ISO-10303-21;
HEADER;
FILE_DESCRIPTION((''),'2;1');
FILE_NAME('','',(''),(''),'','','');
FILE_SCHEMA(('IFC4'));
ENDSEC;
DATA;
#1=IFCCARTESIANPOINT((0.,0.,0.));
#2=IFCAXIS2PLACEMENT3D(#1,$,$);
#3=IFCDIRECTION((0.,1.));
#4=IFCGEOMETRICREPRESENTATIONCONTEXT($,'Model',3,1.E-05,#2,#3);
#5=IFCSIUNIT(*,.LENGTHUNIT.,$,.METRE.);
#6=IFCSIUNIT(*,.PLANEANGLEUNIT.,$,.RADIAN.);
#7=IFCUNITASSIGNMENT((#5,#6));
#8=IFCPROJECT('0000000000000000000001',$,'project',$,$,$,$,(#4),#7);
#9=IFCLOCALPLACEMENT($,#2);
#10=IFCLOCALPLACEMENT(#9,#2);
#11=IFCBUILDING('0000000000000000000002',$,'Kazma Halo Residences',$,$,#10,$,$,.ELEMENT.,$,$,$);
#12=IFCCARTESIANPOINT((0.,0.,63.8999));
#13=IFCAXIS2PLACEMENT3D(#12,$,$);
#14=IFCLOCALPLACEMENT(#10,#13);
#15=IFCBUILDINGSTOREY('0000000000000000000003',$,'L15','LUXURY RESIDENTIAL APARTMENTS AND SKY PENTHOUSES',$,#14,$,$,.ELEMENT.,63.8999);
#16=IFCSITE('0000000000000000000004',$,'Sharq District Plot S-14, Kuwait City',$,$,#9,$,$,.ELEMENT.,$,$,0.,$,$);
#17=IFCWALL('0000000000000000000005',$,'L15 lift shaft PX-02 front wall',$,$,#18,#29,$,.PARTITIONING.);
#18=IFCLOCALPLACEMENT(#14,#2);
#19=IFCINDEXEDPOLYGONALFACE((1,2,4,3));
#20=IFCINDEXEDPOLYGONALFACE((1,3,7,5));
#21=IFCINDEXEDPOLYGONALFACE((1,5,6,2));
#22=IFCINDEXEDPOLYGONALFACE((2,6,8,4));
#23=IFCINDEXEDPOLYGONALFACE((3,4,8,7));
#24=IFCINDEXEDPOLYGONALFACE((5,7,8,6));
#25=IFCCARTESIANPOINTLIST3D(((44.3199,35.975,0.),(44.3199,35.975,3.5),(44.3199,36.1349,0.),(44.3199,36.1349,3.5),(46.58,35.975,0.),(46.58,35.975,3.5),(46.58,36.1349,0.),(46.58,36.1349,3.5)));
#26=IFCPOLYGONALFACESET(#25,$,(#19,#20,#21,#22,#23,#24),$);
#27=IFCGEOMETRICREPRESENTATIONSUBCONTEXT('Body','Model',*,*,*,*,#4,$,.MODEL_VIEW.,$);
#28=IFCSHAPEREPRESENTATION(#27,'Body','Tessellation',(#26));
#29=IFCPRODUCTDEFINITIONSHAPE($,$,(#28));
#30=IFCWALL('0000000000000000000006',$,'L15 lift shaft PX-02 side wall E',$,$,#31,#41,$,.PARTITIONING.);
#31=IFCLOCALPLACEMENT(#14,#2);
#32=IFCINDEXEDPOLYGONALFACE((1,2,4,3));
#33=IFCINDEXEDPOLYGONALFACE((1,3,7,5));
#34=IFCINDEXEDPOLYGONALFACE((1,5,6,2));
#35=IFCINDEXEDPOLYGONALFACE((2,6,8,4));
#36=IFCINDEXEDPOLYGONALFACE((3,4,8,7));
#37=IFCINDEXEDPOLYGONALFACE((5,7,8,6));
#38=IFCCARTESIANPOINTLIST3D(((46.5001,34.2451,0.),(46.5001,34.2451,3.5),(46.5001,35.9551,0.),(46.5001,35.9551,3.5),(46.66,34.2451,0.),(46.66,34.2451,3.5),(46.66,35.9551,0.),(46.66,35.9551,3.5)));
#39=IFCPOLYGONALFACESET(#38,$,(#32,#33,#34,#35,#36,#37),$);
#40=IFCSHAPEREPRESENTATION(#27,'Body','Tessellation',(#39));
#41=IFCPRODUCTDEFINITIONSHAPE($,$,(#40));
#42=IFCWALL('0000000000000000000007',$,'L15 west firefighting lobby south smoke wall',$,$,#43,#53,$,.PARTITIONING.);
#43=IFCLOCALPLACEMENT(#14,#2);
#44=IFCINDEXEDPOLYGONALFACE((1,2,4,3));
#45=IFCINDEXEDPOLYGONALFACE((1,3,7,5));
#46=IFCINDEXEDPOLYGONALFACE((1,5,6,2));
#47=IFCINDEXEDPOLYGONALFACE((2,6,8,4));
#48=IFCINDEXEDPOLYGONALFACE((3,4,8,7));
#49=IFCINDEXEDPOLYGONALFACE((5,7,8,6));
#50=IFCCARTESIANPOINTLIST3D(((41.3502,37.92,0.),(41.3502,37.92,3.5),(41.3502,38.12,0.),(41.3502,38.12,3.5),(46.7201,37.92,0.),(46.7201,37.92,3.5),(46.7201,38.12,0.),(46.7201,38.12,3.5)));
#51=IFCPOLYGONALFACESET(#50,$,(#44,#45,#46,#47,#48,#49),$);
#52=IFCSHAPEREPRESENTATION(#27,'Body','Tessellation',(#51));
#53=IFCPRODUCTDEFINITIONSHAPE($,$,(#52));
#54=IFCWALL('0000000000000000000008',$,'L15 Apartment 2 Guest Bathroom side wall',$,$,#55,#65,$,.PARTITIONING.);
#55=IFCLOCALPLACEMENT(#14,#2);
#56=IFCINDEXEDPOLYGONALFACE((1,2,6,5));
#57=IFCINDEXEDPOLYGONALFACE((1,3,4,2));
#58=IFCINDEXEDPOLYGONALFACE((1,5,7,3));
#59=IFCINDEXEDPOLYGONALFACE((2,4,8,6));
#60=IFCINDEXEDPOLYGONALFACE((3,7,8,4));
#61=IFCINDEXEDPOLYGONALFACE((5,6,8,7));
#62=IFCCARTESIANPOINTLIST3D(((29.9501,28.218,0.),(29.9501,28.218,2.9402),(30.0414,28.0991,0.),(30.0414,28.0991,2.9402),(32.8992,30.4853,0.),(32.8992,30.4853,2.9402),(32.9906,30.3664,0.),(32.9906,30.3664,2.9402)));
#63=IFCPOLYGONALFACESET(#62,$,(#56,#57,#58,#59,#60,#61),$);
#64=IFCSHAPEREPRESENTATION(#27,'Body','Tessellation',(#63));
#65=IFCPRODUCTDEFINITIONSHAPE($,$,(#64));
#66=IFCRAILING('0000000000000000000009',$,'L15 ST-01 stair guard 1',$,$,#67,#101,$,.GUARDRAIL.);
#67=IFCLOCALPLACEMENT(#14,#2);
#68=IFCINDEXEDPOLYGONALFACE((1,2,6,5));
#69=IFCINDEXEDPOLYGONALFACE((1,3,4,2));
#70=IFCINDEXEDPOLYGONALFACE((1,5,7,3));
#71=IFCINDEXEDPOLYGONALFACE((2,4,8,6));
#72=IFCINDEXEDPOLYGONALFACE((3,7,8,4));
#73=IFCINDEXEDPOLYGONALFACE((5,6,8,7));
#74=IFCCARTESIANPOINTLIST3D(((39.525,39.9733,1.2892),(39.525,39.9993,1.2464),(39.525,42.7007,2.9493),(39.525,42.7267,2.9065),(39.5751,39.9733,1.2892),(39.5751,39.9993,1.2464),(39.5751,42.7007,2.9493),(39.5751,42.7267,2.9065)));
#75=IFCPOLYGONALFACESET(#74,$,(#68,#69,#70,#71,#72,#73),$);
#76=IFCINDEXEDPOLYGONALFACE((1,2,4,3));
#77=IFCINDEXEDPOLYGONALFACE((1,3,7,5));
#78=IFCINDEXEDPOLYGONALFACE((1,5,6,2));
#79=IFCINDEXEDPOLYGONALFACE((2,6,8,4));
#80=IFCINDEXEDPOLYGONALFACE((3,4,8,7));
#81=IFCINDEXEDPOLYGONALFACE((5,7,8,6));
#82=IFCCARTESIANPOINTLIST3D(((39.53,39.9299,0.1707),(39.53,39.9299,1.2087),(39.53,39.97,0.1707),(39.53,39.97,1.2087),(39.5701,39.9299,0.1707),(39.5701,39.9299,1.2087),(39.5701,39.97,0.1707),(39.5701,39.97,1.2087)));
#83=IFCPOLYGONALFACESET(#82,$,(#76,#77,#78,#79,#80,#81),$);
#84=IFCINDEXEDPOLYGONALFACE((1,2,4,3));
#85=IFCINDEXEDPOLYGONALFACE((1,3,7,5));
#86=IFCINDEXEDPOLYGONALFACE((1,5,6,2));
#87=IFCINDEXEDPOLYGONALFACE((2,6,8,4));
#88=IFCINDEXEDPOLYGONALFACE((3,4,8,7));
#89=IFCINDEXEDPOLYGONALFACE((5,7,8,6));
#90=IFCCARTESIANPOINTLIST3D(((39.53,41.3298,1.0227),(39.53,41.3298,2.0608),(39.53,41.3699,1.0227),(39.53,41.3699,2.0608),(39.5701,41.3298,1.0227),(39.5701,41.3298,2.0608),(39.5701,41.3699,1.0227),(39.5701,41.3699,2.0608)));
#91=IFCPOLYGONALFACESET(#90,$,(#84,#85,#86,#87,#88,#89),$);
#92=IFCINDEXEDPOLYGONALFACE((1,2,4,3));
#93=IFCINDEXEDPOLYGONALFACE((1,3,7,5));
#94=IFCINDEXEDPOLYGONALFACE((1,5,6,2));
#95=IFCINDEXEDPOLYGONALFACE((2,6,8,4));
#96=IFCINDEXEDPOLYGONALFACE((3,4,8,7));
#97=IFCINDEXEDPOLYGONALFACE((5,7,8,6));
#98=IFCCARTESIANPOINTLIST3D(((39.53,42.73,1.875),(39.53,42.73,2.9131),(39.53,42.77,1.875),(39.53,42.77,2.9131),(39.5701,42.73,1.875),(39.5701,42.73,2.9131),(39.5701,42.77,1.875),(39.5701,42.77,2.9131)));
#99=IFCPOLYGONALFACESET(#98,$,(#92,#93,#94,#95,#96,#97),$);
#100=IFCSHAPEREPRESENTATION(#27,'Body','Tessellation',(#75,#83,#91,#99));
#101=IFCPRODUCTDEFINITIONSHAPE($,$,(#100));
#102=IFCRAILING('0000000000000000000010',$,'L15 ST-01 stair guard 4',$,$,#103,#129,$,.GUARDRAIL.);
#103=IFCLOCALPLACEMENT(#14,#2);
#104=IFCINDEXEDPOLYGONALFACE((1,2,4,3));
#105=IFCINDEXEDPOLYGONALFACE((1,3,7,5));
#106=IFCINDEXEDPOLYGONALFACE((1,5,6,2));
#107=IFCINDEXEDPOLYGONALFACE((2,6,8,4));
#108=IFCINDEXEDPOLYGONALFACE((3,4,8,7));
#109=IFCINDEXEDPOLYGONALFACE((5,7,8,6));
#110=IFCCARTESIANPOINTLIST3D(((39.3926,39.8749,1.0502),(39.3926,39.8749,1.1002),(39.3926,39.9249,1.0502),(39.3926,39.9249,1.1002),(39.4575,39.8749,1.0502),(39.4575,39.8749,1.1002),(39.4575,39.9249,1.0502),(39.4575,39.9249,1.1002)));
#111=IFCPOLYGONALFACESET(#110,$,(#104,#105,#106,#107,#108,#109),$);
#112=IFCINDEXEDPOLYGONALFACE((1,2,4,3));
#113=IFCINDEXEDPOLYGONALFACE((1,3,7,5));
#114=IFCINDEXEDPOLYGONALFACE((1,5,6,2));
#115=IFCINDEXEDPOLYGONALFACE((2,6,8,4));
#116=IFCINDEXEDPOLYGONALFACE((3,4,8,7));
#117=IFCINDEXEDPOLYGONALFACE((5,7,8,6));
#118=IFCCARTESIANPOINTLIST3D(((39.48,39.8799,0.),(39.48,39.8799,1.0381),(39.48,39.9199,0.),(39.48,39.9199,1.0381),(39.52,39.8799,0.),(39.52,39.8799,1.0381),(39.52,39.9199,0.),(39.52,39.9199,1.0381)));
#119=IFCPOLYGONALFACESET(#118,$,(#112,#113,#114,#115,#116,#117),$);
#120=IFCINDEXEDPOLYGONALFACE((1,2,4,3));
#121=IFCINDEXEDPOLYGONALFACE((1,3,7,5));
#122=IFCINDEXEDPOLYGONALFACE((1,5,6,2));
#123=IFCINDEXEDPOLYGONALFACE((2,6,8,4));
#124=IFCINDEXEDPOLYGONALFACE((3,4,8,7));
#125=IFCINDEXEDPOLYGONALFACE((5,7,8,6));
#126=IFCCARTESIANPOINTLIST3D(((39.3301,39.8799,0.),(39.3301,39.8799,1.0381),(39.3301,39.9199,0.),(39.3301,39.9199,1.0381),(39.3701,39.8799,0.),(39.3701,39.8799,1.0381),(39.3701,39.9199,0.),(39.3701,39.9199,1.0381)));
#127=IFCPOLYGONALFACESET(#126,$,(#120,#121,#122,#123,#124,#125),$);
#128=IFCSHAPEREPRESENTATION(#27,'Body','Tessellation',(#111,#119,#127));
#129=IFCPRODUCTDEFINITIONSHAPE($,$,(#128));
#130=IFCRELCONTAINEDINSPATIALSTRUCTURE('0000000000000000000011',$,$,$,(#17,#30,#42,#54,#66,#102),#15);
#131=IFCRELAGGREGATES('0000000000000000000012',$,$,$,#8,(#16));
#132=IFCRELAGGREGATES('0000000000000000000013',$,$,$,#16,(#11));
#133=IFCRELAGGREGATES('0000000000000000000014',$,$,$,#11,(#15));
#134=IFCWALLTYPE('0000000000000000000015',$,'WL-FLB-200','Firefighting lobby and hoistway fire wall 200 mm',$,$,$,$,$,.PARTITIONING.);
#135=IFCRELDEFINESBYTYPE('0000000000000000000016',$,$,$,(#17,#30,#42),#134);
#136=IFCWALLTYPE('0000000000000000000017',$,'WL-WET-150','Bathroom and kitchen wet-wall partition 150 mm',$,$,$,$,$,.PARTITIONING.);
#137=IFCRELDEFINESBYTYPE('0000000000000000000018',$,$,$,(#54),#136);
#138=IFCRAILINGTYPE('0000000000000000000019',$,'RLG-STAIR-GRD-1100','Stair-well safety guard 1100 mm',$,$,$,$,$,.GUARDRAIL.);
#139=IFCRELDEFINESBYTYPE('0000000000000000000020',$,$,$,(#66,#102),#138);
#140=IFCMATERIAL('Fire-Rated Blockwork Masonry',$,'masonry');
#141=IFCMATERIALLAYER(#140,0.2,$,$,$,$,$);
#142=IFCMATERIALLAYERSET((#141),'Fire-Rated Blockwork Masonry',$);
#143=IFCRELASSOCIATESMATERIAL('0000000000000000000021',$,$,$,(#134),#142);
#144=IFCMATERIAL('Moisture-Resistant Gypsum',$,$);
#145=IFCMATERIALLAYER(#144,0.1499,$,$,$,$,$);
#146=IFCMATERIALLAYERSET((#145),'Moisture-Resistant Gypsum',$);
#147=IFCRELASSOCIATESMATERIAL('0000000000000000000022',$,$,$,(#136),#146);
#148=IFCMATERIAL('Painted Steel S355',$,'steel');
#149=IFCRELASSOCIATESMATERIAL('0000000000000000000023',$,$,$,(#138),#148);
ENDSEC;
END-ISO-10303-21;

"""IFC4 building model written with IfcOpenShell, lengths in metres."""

from ifc_helpers import new_model, si_unit, direction, frame, frame_2d, origin, origin_2d, place, context, subcontext, project, spatial, rectangle, extrude, material, layer, layer_set, type_object, element, save


model = new_model("IFC4")

# Units and contexts
model_context = context("Model", 3, precision=1e-05, world=origin(), true_north=direction((0.0, 1.0)))
body_context = subcontext(model_context, "Body", "Model", "MODEL_VIEW")
ifc_project = project(units=[si_unit("LENGTHUNIT", "METRE"), si_unit("PLANEANGLEUNIT", "RADIAN")], contexts=[model_context])

# Site, building, storey
site_placement = place(None, origin())
site = spatial("IfcSite", under=ifc_project, at=site_placement, Name="Sharq District Plot S-14, Kuwait City", CompositionType="ELEMENT", RefElevation=0.0)
building_placement = place(site_placement, origin())
building = spatial("IfcBuilding", under=site, at=building_placement, Name="Kazma Halo Residences", CompositionType="ELEMENT")
storey_placement = place(building_placement, frame((0.0, 0.0, 63.8999)))
storey = spatial("IfcBuildingStorey", under=building, at=storey_placement, Name="L15", Description="LUXURY RESIDENTIAL APARTMENTS AND SKY PENTHOUSES", CompositionType="ELEMENT", Elevation=63.8999)

# Shared definitions
ifc_material_1 = material(Name="Fire-Rated Blockwork Masonry", Category="masonry")
ifc_layer_1 = layer(ifc_material_1, 0.2)
ifc_layer_set_1 = layer_set([ifc_layer_1], Name="Fire-Rated Blockwork Masonry")
wall_type_1 = type_object("IfcWallType", Name="WL-FLB-200", Description="Firefighting lobby and hoistway fire wall 200 mm", PredefinedType="PARTITIONING", material=ifc_layer_set_1)

# Walls
wall_1_placement = place(storey_placement, frame((44.3201, 36.0549, 0.0), z_axis=(0.0, 0.0, 1.0), x_axis=(1.0, 0.0, 0.0)))
element("IfcWall", 1, at=wall_1_placement, inside=storey, type_object=wall_type_1, Name="L15 lift shaft PX-02 front wall", PredefinedType="PARTITIONING", context=body_context, shape_type="SweptSolid", body=[
    extrude(rectangle(XDim=2.26, YDim=0.1599, at=frame_2d((1.1299, 0.0))), origin(), (0.0, 0.0, 1.0), 3.5),
])
wall_2_placement = place(storey_placement, frame((46.5801, 34.2451, 0.0), z_axis=(0.0, 0.0, 1.0), x_axis=(0.0, 1.0, 0.0)))
element("IfcWall", 2, at=wall_2_placement, inside=storey, type_object=wall_type_1, Name="L15 lift shaft PX-02 side wall E", PredefinedType="PARTITIONING", context=body_context, shape_type="SweptSolid", body=[
    extrude(rectangle(XDim=1.71, YDim=0.1599, at=frame_2d((0.855, 0.0))), origin(), (0.0, 0.0, 1.0), 3.5),
])
wall_3_placement = place(storey_placement, frame((41.3501, 38.02, 0.0), z_axis=(0.0, 0.0, 1.0), x_axis=(1.0, 0.0, 0.0)))
element("IfcWall", 3, at=wall_3_placement, inside=storey, type_object=wall_type_1, Name="L15 west firefighting lobby south smoke wall", PredefinedType="PARTITIONING", context=body_context, shape_type="SweptSolid", body=[
    extrude(rectangle(XDim=5.3699, YDim=0.2, at=frame_2d((2.6851, 0.0))), origin(), (0.0, 0.0, 1.0), 3.5),
])

# Wall
ifc_material_2 = material(Name="Moisture-Resistant Gypsum")
ifc_layer_2 = layer(ifc_material_2, 0.1499)
ifc_layer_set_2 = layer_set([ifc_layer_2], Name="Moisture-Resistant Gypsum")
wall_type_2 = type_object("IfcWallType", Name="WL-WET-150", Description="Bathroom and kitchen wet-wall partition 150 mm", PredefinedType="PARTITIONING", material=ifc_layer_set_2)
wall_4_placement = place(storey_placement, frame((32.9448, 30.4258, 0.0), z_axis=(0.0, 0.0, 1.0), x_axis=(-0.792792, -0.609492, 0.0)))
element("IfcWall", 4, at=wall_4_placement, inside=storey, type_object=wall_type_2, Name="L15 Apartment 2 Guest Bathroom side wall", PredefinedType="PARTITIONING", context=body_context, shape_type="SweptSolid", body=[
    extrude(rectangle(XDim=3.72, YDim=0.1499, at=frame_2d((1.8599, 0.0))), origin(), (0.0, 0.0, 1.0), 2.9402),
])

# Railings
ifc_material_3 = material(Name="Painted Steel S355", Category="steel")
railing_type = type_object("IfcRailingType", Name="RLG-STAIR-GRD-1100", Description="Stair-well safety guard 1100 mm", PredefinedType="GUARDRAIL", material=ifc_material_3)
railing_1_placement = place(storey_placement, frame((39.55, 39.95, 0.1707)))
element("IfcRailing", 5, at=railing_1_placement, inside=storey, type_object=railing_type, Name="L15 ST-01 stair guard 1", PredefinedType="GUARDRAIL", context=body_context, shape_type="SweptSolid", body=[
    extrude(rectangle(XDim=0.05, YDim=0.05, at=origin_2d()), frame((0.0, 0.0364, 1.0972), z_axis=(0.0, 0.854203, 0.51994), x_axis=(-1.0, 0.0, 0.0)), (0.0, 0.0, 1.0), 3.1929),
    extrude(rectangle(XDim=0.04, YDim=0.04, at=origin_2d()), origin(), (0.0, 0.0, 1.0), 1.0381),
    extrude(rectangle(XDim=0.04, YDim=0.04, at=origin_2d()), frame((0.0, 1.3999, 0.8521)), (0.0, 0.0, 1.0), 1.0381),
    extrude(rectangle(XDim=0.04, YDim=0.04, at=origin_2d()), frame((0.0, 2.8, 1.7043)), (0.0, 0.0, 1.0), 1.0381),
])
railing_2_placement = place(storey_placement, frame((39.5, 39.8999, 0.0)))
element("IfcRailing", 6, at=railing_2_placement, inside=storey, type_object=railing_type, Name="L15 ST-01 stair guard 4", PredefinedType="GUARDRAIL", context=body_context, shape_type="SweptSolid", body=[
    extrude(rectangle(XDim=0.05, YDim=0.05, at=origin_2d()), frame((-0.0425, 0.0, 1.0752), z_axis=(-1.0, 0.0, 0.0), x_axis=(0.0, -1.0, 0.0)), (0.0, 0.0, 1.0), 0.0649),
    extrude(rectangle(XDim=0.04, YDim=0.04, at=origin_2d()), origin(), (0.0, 0.0, 1.0), 1.0381),
    extrude(rectangle(XDim=0.04, YDim=0.04, at=origin_2d()), frame((-0.1499, 0.0, 0.0)), (0.0, 0.0, 1.0), 1.0381),
])

save(model, "model.ifc")
